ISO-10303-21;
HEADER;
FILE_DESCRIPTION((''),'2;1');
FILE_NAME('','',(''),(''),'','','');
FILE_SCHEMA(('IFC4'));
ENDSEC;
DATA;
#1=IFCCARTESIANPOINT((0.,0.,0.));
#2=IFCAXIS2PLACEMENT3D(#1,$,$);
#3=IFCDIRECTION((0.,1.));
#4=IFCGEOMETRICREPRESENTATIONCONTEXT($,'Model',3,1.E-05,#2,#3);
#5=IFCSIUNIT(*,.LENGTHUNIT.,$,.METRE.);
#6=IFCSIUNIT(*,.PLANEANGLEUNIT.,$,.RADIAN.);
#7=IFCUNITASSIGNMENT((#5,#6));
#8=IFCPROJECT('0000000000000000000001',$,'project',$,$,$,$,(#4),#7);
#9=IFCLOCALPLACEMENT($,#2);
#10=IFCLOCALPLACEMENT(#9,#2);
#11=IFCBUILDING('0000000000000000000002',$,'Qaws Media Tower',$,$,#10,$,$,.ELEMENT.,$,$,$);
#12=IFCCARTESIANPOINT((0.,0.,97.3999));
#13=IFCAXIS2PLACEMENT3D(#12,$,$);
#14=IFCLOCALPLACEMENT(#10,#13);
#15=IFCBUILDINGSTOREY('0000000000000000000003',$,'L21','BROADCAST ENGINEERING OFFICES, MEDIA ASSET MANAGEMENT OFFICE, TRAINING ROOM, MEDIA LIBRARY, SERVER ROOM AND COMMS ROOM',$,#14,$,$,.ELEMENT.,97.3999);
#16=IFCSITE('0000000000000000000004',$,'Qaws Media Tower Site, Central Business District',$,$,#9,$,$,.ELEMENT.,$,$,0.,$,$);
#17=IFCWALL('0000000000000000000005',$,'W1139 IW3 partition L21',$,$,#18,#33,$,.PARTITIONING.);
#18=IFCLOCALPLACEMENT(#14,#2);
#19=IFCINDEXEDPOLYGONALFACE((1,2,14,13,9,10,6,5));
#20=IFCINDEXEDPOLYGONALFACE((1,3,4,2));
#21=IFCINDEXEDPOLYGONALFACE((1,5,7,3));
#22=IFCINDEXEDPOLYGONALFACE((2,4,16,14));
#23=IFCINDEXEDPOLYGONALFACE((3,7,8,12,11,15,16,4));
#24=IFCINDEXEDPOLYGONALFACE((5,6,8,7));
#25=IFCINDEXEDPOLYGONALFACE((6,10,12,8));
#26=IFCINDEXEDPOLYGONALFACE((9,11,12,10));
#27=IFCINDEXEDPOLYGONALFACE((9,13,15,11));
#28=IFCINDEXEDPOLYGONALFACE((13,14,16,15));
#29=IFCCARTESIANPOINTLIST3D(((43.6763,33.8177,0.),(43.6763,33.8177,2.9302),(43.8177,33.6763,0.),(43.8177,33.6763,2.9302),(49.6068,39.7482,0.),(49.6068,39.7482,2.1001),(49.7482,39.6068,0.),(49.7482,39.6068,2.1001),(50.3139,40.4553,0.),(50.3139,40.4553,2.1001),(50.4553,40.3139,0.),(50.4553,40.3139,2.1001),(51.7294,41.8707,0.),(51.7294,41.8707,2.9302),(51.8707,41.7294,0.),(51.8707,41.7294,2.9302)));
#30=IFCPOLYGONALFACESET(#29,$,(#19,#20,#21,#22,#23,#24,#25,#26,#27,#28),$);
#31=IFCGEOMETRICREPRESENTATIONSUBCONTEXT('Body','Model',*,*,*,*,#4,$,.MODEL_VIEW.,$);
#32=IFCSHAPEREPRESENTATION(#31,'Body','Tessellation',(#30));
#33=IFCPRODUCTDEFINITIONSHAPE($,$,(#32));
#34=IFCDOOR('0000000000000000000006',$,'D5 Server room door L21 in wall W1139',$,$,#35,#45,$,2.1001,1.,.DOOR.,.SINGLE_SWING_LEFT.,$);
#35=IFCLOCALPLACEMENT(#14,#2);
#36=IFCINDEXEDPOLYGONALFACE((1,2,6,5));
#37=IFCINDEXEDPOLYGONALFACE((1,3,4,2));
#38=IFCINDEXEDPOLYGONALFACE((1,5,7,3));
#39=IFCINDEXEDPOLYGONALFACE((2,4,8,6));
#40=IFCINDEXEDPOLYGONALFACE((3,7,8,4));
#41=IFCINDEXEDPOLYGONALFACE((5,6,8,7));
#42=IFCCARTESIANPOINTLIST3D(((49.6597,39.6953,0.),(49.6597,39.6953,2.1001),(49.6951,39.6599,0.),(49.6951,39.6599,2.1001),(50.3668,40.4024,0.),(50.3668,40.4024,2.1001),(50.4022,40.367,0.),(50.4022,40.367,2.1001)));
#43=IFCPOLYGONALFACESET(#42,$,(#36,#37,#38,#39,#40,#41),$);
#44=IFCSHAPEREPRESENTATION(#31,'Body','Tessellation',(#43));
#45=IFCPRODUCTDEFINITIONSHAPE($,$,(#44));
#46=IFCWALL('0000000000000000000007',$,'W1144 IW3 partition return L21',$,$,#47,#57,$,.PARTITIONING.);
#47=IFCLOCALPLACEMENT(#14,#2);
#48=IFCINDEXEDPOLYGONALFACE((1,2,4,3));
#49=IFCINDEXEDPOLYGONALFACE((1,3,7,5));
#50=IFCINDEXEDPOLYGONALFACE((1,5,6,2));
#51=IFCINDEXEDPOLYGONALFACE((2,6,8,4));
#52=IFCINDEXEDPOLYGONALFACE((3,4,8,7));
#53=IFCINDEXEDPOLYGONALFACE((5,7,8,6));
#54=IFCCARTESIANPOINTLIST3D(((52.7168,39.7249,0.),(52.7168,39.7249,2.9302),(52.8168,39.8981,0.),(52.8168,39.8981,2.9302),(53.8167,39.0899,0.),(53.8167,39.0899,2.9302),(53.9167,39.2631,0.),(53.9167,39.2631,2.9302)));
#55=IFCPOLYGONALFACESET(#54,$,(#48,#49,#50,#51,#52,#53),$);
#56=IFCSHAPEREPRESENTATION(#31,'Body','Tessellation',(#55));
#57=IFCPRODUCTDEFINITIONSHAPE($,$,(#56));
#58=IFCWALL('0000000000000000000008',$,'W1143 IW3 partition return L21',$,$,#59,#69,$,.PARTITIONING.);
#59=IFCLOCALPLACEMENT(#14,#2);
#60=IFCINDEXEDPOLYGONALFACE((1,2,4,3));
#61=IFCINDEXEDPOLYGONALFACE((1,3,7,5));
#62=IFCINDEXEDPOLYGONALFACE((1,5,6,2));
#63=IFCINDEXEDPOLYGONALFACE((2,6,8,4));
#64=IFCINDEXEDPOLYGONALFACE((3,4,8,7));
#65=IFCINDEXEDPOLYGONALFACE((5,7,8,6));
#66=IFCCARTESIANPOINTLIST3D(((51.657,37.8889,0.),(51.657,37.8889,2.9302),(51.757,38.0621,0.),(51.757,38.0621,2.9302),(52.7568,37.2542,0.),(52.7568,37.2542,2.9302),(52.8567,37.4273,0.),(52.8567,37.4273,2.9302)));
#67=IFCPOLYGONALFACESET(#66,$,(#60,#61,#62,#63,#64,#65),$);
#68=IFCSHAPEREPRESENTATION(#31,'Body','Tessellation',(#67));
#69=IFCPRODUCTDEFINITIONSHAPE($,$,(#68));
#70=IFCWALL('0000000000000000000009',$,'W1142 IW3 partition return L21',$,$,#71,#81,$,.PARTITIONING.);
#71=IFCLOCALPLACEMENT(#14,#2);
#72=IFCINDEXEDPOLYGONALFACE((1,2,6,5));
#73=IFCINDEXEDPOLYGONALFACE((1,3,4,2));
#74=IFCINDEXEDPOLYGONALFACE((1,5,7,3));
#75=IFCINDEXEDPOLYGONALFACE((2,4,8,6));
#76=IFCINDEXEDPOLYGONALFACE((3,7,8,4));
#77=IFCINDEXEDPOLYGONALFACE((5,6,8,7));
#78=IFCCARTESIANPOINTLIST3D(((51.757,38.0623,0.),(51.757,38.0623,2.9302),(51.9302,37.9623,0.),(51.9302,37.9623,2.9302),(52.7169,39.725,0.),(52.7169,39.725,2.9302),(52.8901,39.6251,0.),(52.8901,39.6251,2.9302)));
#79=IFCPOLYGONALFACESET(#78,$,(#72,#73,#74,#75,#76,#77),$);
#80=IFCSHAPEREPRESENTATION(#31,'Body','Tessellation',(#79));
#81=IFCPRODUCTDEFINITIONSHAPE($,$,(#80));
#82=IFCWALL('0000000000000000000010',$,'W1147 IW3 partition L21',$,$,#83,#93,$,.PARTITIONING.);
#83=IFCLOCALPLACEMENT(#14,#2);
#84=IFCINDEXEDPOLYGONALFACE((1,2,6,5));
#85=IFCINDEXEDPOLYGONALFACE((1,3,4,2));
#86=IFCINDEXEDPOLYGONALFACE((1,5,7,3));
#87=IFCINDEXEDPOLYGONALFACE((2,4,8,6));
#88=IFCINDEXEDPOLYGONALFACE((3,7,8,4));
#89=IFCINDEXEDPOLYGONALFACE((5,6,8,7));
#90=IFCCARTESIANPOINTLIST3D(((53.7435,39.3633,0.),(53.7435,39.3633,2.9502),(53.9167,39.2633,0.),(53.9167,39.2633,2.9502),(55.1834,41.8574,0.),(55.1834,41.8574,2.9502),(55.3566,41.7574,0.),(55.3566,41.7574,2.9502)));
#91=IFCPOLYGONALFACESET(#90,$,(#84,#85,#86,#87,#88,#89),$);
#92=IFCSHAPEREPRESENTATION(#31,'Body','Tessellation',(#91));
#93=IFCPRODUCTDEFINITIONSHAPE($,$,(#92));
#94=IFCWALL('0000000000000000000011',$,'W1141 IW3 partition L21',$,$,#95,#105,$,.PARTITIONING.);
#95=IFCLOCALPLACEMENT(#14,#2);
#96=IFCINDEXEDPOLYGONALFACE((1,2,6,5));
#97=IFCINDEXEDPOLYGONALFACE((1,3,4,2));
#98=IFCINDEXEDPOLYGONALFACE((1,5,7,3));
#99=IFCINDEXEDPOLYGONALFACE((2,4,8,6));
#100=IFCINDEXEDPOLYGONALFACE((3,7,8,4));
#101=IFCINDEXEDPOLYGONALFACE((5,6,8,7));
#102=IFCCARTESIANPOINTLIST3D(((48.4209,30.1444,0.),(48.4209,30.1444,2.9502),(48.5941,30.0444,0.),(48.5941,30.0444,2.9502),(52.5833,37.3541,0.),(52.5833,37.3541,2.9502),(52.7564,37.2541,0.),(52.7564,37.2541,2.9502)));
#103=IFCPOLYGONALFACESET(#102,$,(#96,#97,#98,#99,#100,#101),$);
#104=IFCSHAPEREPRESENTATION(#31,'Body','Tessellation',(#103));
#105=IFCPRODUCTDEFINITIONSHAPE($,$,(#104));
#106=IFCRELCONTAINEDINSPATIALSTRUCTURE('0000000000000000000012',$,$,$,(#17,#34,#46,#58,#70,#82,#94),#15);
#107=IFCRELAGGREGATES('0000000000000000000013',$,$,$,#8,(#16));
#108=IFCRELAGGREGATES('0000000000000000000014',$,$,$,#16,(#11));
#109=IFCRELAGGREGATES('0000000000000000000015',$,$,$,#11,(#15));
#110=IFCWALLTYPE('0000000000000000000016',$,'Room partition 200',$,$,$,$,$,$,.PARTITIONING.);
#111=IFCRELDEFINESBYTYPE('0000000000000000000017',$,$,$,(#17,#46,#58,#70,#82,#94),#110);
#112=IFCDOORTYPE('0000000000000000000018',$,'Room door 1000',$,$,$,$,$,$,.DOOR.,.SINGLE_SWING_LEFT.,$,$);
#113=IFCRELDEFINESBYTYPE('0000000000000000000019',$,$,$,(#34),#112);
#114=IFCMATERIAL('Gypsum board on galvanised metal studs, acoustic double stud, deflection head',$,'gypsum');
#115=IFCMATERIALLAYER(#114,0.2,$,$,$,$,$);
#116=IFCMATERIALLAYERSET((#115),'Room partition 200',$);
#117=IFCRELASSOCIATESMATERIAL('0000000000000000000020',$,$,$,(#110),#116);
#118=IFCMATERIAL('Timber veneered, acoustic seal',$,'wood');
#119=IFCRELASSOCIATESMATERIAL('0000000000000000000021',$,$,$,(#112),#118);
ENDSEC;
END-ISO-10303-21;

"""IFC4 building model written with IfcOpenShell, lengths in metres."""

from ifc_helpers import new_model, si_unit, direction, frame, frame_2d, origin, place, context, subcontext, project, spatial, rectangle, extrude, material, layer, layer_set, type_object, element, fill, save


model = new_model("IFC4")

# Units and contexts
model_context = context("Model", 3, precision=1e-05, world=origin(), true_north=direction((0.0, 1.0)))
body_context = subcontext(model_context, "Body", "Model", "MODEL_VIEW")
ifc_project = project(units=[si_unit("LENGTHUNIT", "METRE"), si_unit("PLANEANGLEUNIT", "RADIAN")], contexts=[model_context])

# Site, building, storey
site_placement = place(None, origin())
site = spatial("IfcSite", under=ifc_project, at=site_placement, Name="Qaws Media Tower Site, Central Business District", CompositionType="ELEMENT", RefElevation=0.0)
building_placement = place(site_placement, origin())
building = spatial("IfcBuilding", under=site, at=building_placement, Name="Qaws Media Tower", CompositionType="ELEMENT")
storey_placement = place(building_placement, frame((0.0, 0.0, 97.3999)))
storey = spatial("IfcBuildingStorey", under=building, at=storey_placement, Name="L21", Description="BROADCAST ENGINEERING OFFICES, MEDIA ASSET MANAGEMENT OFFICE, TRAINING ROOM, MEDIA LIBRARY, SERVER ROOM AND COMMS ROOM", CompositionType="ELEMENT", Elevation=97.3999)

# Shared definitions
ifc_material_1 = material(Name="Gypsum board on galvanised metal studs, acoustic double stud, deflection head", Category="gypsum")
ifc_layer_1 = layer(ifc_material_1, 0.2)
ifc_layer_set_1 = layer_set([ifc_layer_1], Name="Room partition 200")
wall_type = type_object("IfcWallType", Name="Room partition 200", PredefinedType="PARTITIONING", material=ifc_layer_set_1)

# Wall, opening, door
wall_1_placement = place(storey_placement, frame((51.8, 41.8, 0.0), z_axis=(0.0, 0.0, 1.0), x_axis=(-0.707107, -0.707107, 0.0)))
wall_1 = element("IfcWall", 1, at=wall_1_placement, inside=storey, type_object=wall_type, Name="W1139 IW3 partition L21", PredefinedType="PARTITIONING", context=body_context, shape_type="SweptSolid", body=[
    extrude(rectangle(XDim=11.3887, YDim=0.2, at=frame_2d((5.6943, 0.0))), origin(), (0.0, 0.0, 1.0), 2.9302),
])
opening_1_placement = place(wall_1_placement, frame((2.0017, 0.0, 0.0)))
opening_1 = element("IfcOpeningElement", 2, at=opening_1_placement, cuts=wall_1, PredefinedType="OPENING", context=body_context, shape_type="SweptSolid", body=[
    extrude(rectangle(XDim=1.0, YDim=2.1001, at=frame_2d((0.5, 1.05))), frame((0.0, 0.1099, 0.0), z_axis=(0.0, -1.0, 0.0), x_axis=(1.0, 0.0, 0.0)), (0.0, 0.0, 1.0), 0.22),
])
ifc_material_2 = material(Name="Timber veneered, acoustic seal", Category="wood")
door_type_1 = type_object("IfcDoorType", Name="Room door 1000", OperationType="SINGLE_SWING_LEFT", PredefinedType="DOOR", material=ifc_material_2)
door_1_placement = place(opening_1_placement, origin())
door_1 = element("IfcDoor", 3, at=door_1_placement, inside=storey, type_object=door_type_1, Name="D5 Server room door L21 in wall W1139", OperationType="SINGLE_SWING_LEFT", OverallHeight=2.1001, OverallWidth=1.0, PredefinedType="DOOR", context=body_context, shape_type="SweptSolid", body=[
    extrude(rectangle(XDim=1.0, YDim=2.1001, at=frame_2d((0.5, 1.05))), frame((0.0, 0.0249, 0.0), z_axis=(0.0, -1.0, 0.0), x_axis=(1.0, 0.0, 0.0)), (0.0, 0.0, 1.0), 0.05),
])
fill(opening_1, door_1)

# Walls
wall_2_placement = place(storey_placement, frame((53.8667, 39.1765, 0.0), z_axis=(0.0, 0.0, 1.0), x_axis=(-0.866022, 0.500005, 0.0)))
element("IfcWall", 4, at=wall_2_placement, inside=storey, type_object=wall_type, Name="W1144 IW3 partition return L21", PredefinedType="PARTITIONING", context=body_context, shape_type="SweptSolid", body=[
    extrude(rectangle(XDim=1.27, YDim=0.2, at=frame_2d((0.635, 0.0))), origin(), (0.0, 0.0, 1.0), 2.9302),
])
wall_3_placement = place(storey_placement, frame((52.8066, 37.3408, 0.0), z_axis=(0.0, 0.0, 1.0), x_axis=(-0.866106, 0.499861, 0.0)))
element("IfcWall", 5, at=wall_3_placement, inside=storey, type_object=wall_type, Name="W1143 IW3 partition return L21", PredefinedType="PARTITIONING", context=body_context, shape_type="SweptSolid", body=[
    extrude(rectangle(XDim=1.2698, YDim=0.2, at=frame_2d((0.6348, 0.0))), origin(), (0.0, 0.0, 1.0), 2.9302),
])
wall_4_placement = place(storey_placement, frame((52.8035, 39.675, 0.0), z_axis=(0.0, 0.0, 1.0), x_axis=(-0.499968, -0.866044, 0.0)))
element("IfcWall", 6, at=wall_4_placement, inside=storey, type_object=wall_type, Name="W1142 IW3 partition return L21", PredefinedType="PARTITIONING", context=body_context, shape_type="SweptSolid", body=[
    extrude(rectangle(XDim=1.9199, YDim=0.2, at=frame_2d((0.96, 0.0))), origin(), (0.0, 0.0, 1.0), 2.9302),
])
wall_5_placement = place(storey_placement, frame((55.27, 41.8074, 0.0), z_axis=(0.0, 0.0, 1.0), x_axis=(-0.499987, -0.866033, 0.0)))
element("IfcWall", 7, at=wall_5_placement, inside=storey, type_object=wall_type, Name="W1147 IW3 partition L21", PredefinedType="PARTITIONING", context=body_context, shape_type="SweptSolid", body=[
    extrude(rectangle(XDim=2.8799, YDim=0.2, at=frame_2d((1.4399, 0.0))), origin(), (0.0, 0.0, 1.0), 2.9502),
])
wall_6_placement = place(storey_placement, frame((52.6699, 37.3042, 0.0), z_axis=(0.0, 0.0, 1.0), x_axis=(-0.499984, -0.866035, 0.0)))
element("IfcWall", 8, at=wall_6_placement, inside=storey, type_object=wall_type, Name="W1141 IW3 partition L21", PredefinedType="PARTITIONING", context=body_context, shape_type="SweptSolid", body=[
    extrude(rectangle(XDim=8.325, YDim=0.2, at=frame_2d((4.1626, 0.0))), origin(), (0.0, 0.0, 1.0), 2.9502),
])

save(model, "model.ifc")
